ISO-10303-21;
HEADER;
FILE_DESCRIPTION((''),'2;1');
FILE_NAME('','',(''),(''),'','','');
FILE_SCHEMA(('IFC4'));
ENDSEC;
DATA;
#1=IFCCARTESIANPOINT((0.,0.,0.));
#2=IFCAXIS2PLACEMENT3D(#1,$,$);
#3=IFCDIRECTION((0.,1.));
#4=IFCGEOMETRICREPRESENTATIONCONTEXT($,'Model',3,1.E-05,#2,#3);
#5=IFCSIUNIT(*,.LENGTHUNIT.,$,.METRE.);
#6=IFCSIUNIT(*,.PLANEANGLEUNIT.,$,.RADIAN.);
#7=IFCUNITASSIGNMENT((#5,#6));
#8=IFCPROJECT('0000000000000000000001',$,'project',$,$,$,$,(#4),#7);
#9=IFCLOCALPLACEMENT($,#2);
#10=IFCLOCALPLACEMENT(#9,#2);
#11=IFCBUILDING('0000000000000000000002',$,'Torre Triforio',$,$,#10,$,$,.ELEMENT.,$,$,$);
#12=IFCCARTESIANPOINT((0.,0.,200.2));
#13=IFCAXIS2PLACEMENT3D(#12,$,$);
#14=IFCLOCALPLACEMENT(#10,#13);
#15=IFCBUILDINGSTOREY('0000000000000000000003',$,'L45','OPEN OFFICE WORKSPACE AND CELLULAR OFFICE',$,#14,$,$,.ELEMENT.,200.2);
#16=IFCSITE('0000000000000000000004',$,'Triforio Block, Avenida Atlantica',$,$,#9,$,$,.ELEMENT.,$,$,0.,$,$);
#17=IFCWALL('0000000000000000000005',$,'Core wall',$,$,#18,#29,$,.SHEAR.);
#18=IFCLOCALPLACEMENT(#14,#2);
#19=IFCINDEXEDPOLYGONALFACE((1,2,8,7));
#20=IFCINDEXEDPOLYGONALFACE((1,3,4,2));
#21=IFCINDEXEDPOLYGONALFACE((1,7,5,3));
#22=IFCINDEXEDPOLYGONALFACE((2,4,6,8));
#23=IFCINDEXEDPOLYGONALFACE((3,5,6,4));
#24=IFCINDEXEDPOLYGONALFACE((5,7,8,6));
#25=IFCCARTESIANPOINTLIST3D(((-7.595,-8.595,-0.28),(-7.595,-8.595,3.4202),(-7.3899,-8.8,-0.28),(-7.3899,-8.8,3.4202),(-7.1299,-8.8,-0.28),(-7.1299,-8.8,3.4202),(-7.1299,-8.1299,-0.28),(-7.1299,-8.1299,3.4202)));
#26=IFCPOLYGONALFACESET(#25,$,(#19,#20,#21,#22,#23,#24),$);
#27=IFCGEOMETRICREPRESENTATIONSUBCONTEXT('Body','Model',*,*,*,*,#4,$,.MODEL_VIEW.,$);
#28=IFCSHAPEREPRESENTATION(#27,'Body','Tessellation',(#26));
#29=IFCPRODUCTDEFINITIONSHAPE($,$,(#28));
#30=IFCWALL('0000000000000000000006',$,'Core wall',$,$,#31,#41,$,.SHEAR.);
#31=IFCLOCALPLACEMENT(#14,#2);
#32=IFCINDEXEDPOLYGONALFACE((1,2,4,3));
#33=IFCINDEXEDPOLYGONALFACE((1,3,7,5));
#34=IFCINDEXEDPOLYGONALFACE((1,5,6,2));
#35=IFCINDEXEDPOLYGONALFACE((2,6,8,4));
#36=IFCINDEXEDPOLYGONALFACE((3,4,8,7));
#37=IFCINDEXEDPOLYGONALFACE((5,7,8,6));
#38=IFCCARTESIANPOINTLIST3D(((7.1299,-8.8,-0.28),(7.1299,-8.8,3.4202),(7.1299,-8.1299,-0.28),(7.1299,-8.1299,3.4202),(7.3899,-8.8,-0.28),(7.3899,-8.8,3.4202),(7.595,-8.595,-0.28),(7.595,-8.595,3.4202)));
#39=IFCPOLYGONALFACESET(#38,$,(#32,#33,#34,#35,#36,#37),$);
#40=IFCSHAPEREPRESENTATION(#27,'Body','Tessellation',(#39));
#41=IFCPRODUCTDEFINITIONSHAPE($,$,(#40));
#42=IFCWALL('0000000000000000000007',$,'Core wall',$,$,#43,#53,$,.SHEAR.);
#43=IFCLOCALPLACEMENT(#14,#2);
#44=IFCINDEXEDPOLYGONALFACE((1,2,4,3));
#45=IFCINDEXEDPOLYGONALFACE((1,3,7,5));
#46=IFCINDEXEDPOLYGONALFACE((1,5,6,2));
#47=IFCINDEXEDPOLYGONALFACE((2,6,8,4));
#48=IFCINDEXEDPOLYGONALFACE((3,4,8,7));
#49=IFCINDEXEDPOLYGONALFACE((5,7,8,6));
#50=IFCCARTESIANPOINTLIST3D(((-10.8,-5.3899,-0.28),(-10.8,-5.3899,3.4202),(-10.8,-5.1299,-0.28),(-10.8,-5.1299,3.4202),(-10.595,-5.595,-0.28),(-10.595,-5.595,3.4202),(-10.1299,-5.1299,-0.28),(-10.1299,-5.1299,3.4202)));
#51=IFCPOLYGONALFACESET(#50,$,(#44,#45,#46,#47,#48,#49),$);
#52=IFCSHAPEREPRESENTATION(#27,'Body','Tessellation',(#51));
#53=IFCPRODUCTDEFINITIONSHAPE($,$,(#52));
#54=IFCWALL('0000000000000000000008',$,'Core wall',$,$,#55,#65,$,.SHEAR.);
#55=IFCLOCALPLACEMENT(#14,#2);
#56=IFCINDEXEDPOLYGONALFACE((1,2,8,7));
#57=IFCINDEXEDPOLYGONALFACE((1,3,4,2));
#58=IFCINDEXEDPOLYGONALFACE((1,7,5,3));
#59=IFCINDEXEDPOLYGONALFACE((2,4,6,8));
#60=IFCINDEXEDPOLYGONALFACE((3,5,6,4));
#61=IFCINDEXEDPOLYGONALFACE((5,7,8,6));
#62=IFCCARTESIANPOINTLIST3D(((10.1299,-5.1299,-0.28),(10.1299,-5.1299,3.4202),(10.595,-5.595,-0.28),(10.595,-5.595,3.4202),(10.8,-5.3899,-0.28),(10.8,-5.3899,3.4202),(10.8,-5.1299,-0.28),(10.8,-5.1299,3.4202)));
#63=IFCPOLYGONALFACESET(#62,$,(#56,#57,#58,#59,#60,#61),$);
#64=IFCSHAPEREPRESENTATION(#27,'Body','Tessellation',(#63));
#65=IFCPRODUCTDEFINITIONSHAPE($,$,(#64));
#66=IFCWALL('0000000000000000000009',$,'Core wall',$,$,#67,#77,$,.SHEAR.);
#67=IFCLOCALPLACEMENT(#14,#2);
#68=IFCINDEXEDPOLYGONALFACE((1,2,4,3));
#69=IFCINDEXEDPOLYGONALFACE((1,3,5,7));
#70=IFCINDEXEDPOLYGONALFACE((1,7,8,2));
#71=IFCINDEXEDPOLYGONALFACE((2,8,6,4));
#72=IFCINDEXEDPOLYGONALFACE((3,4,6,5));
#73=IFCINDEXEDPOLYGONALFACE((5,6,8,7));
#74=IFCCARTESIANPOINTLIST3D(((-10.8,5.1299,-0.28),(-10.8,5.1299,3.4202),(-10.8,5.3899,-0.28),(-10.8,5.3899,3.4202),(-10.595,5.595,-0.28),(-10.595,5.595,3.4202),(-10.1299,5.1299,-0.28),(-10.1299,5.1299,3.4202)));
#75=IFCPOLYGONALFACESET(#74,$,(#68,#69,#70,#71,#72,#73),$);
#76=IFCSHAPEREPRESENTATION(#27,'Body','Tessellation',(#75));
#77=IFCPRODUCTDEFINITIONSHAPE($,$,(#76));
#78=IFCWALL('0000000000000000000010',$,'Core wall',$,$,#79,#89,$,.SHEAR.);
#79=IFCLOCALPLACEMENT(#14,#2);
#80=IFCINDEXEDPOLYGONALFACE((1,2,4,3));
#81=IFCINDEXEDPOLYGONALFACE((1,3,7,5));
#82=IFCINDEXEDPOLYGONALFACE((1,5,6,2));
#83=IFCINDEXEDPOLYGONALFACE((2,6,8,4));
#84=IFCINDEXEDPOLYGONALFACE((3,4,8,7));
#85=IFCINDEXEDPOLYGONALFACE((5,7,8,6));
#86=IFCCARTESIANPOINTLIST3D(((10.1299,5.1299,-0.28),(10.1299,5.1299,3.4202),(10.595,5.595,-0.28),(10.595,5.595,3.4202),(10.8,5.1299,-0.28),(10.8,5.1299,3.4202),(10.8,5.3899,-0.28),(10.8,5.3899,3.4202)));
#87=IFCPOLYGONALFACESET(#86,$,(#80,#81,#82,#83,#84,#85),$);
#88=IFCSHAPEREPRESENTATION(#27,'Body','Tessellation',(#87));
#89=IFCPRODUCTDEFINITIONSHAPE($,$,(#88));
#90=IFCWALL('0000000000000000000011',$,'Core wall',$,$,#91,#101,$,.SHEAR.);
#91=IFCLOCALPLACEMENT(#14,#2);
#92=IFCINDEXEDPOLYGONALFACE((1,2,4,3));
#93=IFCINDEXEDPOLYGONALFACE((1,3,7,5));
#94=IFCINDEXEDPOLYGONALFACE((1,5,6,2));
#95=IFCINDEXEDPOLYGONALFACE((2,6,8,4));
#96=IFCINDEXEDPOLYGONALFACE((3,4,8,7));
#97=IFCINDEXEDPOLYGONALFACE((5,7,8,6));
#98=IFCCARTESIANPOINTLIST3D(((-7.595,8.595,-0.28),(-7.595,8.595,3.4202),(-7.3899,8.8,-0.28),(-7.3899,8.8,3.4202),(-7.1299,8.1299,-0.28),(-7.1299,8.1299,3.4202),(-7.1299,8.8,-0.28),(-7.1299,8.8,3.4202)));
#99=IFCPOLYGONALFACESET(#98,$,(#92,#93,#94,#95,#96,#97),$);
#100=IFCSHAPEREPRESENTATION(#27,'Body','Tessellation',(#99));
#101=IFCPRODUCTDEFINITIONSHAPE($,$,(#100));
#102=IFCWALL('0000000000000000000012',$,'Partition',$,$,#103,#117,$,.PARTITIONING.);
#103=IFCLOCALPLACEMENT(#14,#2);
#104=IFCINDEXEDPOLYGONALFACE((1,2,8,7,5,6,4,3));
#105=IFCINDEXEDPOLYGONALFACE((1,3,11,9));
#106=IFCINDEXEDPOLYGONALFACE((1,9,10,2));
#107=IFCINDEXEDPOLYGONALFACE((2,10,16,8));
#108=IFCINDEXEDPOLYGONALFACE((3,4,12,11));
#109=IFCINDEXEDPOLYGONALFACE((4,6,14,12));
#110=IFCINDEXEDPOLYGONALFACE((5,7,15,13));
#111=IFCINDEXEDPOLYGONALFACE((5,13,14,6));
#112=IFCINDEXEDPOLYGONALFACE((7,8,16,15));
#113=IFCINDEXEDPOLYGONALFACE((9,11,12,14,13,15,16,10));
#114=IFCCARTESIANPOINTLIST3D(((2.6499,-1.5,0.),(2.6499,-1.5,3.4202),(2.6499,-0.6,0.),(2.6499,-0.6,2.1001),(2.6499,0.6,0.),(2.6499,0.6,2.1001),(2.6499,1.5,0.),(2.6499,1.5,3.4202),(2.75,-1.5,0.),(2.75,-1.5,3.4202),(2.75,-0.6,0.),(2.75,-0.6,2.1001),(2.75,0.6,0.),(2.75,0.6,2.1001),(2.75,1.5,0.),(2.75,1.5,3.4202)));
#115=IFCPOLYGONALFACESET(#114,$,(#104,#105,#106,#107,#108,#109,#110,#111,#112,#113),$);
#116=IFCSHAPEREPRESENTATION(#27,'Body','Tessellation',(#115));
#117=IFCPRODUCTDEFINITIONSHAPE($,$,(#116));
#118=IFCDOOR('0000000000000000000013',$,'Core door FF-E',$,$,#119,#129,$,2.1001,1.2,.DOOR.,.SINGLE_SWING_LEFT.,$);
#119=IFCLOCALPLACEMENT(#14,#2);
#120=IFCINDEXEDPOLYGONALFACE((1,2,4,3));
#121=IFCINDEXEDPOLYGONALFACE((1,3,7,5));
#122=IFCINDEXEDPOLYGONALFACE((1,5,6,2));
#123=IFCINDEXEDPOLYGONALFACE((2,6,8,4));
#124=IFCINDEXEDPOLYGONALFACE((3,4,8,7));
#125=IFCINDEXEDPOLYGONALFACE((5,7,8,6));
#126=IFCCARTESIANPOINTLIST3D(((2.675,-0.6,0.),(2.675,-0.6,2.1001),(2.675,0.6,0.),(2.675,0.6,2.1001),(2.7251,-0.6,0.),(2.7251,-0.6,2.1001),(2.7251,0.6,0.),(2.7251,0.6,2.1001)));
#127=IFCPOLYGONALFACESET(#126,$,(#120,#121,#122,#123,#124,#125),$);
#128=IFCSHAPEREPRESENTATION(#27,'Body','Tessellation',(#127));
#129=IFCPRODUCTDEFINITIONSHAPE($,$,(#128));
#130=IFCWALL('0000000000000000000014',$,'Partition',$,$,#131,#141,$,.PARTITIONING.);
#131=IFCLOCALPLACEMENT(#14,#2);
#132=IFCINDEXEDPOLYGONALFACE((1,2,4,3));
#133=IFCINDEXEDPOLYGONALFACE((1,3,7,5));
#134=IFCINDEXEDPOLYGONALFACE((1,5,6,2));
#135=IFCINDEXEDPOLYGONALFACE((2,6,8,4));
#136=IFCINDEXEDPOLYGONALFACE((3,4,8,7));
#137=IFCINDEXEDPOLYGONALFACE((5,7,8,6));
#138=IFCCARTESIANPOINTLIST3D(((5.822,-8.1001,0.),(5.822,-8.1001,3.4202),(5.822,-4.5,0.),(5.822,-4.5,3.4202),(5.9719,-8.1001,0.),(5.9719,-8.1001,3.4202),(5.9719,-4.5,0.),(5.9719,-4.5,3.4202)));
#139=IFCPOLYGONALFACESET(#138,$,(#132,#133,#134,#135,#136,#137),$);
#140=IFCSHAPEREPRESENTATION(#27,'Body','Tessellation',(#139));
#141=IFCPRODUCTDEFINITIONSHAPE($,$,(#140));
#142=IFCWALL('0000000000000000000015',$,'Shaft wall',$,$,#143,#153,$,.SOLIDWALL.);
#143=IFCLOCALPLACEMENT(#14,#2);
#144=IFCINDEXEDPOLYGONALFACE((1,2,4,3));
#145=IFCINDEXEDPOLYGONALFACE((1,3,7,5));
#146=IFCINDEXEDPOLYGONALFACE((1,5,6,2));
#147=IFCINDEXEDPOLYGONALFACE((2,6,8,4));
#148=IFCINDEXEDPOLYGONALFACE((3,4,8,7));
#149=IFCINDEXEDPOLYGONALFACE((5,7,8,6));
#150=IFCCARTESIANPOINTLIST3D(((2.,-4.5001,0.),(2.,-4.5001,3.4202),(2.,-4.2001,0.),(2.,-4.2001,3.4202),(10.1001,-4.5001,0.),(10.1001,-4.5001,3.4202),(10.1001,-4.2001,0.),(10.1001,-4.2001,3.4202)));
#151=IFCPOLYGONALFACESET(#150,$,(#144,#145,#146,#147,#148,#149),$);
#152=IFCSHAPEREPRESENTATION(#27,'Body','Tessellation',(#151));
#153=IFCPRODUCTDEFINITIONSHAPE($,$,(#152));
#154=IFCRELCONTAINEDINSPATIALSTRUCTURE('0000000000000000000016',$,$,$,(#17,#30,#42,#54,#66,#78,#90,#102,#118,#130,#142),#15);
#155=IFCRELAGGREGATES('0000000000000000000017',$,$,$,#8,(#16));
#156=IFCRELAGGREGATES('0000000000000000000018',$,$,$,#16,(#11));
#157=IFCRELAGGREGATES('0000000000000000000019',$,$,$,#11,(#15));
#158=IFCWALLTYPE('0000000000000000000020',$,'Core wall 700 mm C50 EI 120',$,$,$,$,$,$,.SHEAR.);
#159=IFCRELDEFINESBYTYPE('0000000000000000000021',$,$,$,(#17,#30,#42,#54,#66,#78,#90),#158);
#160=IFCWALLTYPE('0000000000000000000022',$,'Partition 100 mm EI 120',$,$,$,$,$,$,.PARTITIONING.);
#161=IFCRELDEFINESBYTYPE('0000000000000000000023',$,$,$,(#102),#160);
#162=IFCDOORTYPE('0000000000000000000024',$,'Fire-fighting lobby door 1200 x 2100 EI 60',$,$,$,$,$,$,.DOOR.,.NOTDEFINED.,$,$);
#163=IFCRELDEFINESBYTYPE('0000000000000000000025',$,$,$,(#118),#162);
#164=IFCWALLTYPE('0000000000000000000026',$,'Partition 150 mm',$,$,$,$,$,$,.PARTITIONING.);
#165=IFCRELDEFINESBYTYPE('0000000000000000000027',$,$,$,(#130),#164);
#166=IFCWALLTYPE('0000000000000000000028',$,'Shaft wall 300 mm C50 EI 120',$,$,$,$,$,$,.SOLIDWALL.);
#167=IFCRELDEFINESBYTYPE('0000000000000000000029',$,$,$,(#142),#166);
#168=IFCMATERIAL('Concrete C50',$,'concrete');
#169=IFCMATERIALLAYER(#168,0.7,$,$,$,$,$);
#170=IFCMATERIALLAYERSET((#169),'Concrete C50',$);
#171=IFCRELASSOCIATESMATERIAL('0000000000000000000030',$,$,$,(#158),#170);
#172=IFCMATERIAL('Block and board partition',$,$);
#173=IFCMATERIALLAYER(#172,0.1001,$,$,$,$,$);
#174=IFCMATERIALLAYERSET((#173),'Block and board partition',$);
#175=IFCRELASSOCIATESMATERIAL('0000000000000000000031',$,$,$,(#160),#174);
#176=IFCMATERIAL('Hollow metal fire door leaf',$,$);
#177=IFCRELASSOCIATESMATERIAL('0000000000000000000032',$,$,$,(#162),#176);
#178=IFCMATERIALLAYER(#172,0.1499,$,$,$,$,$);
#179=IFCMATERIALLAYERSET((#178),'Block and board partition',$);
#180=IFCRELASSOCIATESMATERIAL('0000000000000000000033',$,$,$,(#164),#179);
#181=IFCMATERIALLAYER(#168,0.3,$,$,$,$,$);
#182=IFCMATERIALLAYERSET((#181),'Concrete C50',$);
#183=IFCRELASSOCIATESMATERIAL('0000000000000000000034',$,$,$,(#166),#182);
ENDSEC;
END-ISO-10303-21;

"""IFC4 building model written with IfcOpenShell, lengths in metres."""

from ifc_helpers import new_model, si_unit, direction, frame, frame_2d, origin, place, context, subcontext, project, spatial, polyline, rectangle, outline, extrude, material, layer, layer_set, type_object, element, fill, save


model = new_model("IFC4")

# Units and contexts
model_context = context("Model", 3, precision=1e-05, world=origin(), true_north=direction((0.0, 1.0)))
body_context = subcontext(model_context, "Body", "Model", "MODEL_VIEW")
ifc_project = project(units=[si_unit("LENGTHUNIT", "METRE"), si_unit("PLANEANGLEUNIT", "RADIAN")], contexts=[model_context])

# Site, building, storey
site_placement = place(None, origin())
site = spatial("IfcSite", under=ifc_project, at=site_placement, Name="Triforio Block, Avenida Atlantica", CompositionType="ELEMENT", RefElevation=0.0)
building_placement = place(site_placement, origin())
building = spatial("IfcBuilding", under=site, at=building_placement, Name="Torre Triforio", CompositionType="ELEMENT")
storey_placement = place(building_placement, frame((0.0, 0.0, 200.2)))
storey = spatial("IfcBuildingStorey", under=building, at=storey_placement, Name="L45", Description="OPEN OFFICE WORKSPACE AND CELLULAR OFFICE", CompositionType="ELEMENT", Elevation=200.2)

# Walls
ifc_material_1 = material(Name="Concrete C50", Category="concrete")
ifc_layer_1 = layer(ifc_material_1, 0.7)
ifc_layer_set_1 = layer_set([ifc_layer_1], Name="Concrete C50")
wall_type_1 = type_object("IfcWallType", Name="Core wall 700 mm C50 EI 120", PredefinedType="SHEAR", material=ifc_layer_set_1)
wall_1_placement = place(storey_placement, frame((0.0, 0.0, -0.28)))
element("IfcWall", 1, at=wall_1_placement, inside=storey, type_object=wall_type_1, Name="Core wall", PredefinedType="SHEAR", context=body_context, shape_type="SweptSolid", body=[
    extrude(outline(polyline([(-7.3899, -8.8), (-7.595, -8.595), (-7.595, -8.595), (-7.595, -8.595), (-7.1299, -8.1299), (-7.1299, -8.8), (-7.1299, -8.8), (-7.3899, -8.8)])), origin(), (0.0, 0.0, 1.0), 3.7002),
])
wall_2_placement = place(storey_placement, frame((0.0, 0.0, -0.28)))
element("IfcWall", 2, at=wall_2_placement, inside=storey, type_object=wall_type_1, Name="Core wall", PredefinedType="SHEAR", context=body_context, shape_type="SweptSolid", body=[
    extrude(outline(polyline([(7.3899, -8.8), (7.1299, -8.8), (7.1299, -8.8), (7.1299, -8.1299), (7.595, -8.595), (7.595, -8.595), (7.595, -8.595), (7.3899, -8.8)])), origin(), (0.0, 0.0, 1.0), 3.7002),
])
wall_3_placement = place(storey_placement, frame((0.0, 0.0, -0.28)))
element("IfcWall", 3, at=wall_3_placement, inside=storey, type_object=wall_type_1, Name="Core wall", PredefinedType="SHEAR", context=body_context, shape_type="SweptSolid", body=[
    extrude(outline(polyline([(-10.8, -5.3899), (-10.8, -5.1299), (-10.8, -5.1299), (-10.1299, -5.1299), (-10.595, -5.595), (-10.595, -5.595), (-10.595, -5.595), (-10.8, -5.3899)])), origin(), (0.0, 0.0, 1.0), 3.7002),
])
wall_4_placement = place(storey_placement, frame((0.0, 0.0, -0.28)))
element("IfcWall", 4, at=wall_4_placement, inside=storey, type_object=wall_type_1, Name="Core wall", PredefinedType="SHEAR", context=body_context, shape_type="SweptSolid", body=[
    extrude(outline(polyline([(10.8, -5.3899), (10.595, -5.595), (10.595, -5.595), (10.595, -5.595), (10.1299, -5.1299), (10.8, -5.1299), (10.8, -5.1299), (10.8, -5.3899)])), origin(), (0.0, 0.0, 1.0), 3.7002),
])
wall_5_placement = place(storey_placement, frame((0.0, 0.0, -0.28)))
element("IfcWall", 5, at=wall_5_placement, inside=storey, type_object=wall_type_1, Name="Core wall", PredefinedType="SHEAR", context=body_context, shape_type="SweptSolid", body=[
    extrude(outline(polyline([(-10.595, 5.595), (-10.595, 5.595), (-10.595, 5.595), (-10.1299, 5.1299), (-10.8, 5.1299), (-10.8, 5.1299), (-10.8, 5.3899), (-10.595, 5.595)])), origin(), (0.0, 0.0, 1.0), 3.7002),
])
wall_6_placement = place(storey_placement, frame((0.0, 0.0, -0.28)))
element("IfcWall", 6, at=wall_6_placement, inside=storey, type_object=wall_type_1, Name="Core wall", PredefinedType="SHEAR", context=body_context, shape_type="SweptSolid", body=[
    extrude(outline(polyline([(10.8, 5.3899), (10.8, 5.1299), (10.8, 5.1299), (10.1299, 5.1299), (10.595, 5.595), (10.595, 5.595), (10.595, 5.595), (10.8, 5.3899)])), origin(), (0.0, 0.0, 1.0), 3.7002),
])
wall_7_placement = place(storey_placement, frame((0.0, 0.0, -0.28)))
element("IfcWall", 7, at=wall_7_placement, inside=storey, type_object=wall_type_1, Name="Core wall", PredefinedType="SHEAR", context=body_context, shape_type="SweptSolid", body=[
    extrude(outline(polyline([(-7.3899, 8.8), (-7.1299, 8.8), (-7.1299, 8.8), (-7.1299, 8.1299), (-7.595, 8.595), (-7.595, 8.595), (-7.595, 8.595), (-7.3899, 8.8)])), origin(), (0.0, 0.0, 1.0), 3.7002),
])

# Wall, opening, door
ifc_material_2 = material(Name="Block and board partition")
ifc_layer_2 = layer(ifc_material_2, 0.1001)
ifc_layer_set_2 = layer_set([ifc_layer_2], Name="Block and board partition")
wall_type_2 = type_object("IfcWallType", Name="Partition 100 mm EI 120", PredefinedType="PARTITIONING", material=ifc_layer_set_2)
wall_8_placement = place(storey_placement, frame((2.7, -1.5, 0.0), z_axis=(0.0, 0.0, 1.0), x_axis=(0.0, 1.0, 0.0)))
wall_8 = element("IfcWall", 8, at=wall_8_placement, inside=storey, type_object=wall_type_2, Name="Partition", PredefinedType="PARTITIONING", context=body_context, shape_type="SweptSolid", body=[
    extrude(rectangle(XDim=3.0, YDim=0.1001, at=frame_2d((1.5, 0.0))), origin(), (0.0, 0.0, 1.0), 3.4202),
])
opening_1_placement = place(wall_8_placement, frame((0.8999, 0.0, 0.0)))
opening_1 = element("IfcOpeningElement", 9, at=opening_1_placement, cuts=wall_8, PredefinedType="OPENING", context=body_context, shape_type="SweptSolid", body=[
    extrude(rectangle(XDim=1.2, YDim=2.1001, at=frame_2d((0.6001, 1.05))), frame((0.0, 0.0601, 0.0), z_axis=(0.0, -1.0, 0.0), x_axis=(1.0, 0.0, 0.0)), (0.0, 0.0, 1.0), 0.1201),
])
ifc_material_3 = material(Name="Hollow metal fire door leaf")
door_type_1 = type_object("IfcDoorType", Name="Fire-fighting lobby door 1200 x 2100 EI 60", OperationType="NOTDEFINED", PredefinedType="DOOR", material=ifc_material_3)
door_1_placement = place(opening_1_placement, origin())
door_1 = element("IfcDoor", 10, at=door_1_placement, inside=storey, type_object=door_type_1, Name="Core door FF-E", OperationType="SINGLE_SWING_LEFT", OverallHeight=2.1001, OverallWidth=1.2, PredefinedType="DOOR", context=body_context, shape_type="SweptSolid", body=[
    extrude(rectangle(XDim=1.2, YDim=2.1001, at=frame_2d((0.6001, 1.05))), frame((0.0, 0.0249, 0.0), z_axis=(0.0, -1.0, 0.0), x_axis=(1.0, 0.0, 0.0)), (0.0, 0.0, 1.0), 0.05),
])
fill(opening_1, door_1)

# Walls
ifc_layer_3 = layer(ifc_material_2, 0.1499)
ifc_layer_set_3 = layer_set([ifc_layer_3], Name="Block and board partition")
wall_type_3 = type_object("IfcWallType", Name="Partition 150 mm", PredefinedType="PARTITIONING", material=ifc_layer_set_3)
wall_9_placement = place(storey_placement, frame((5.897, -8.1001, 0.0), z_axis=(0.0, 0.0, 1.0), x_axis=(0.0, 1.0, 0.0)))
element("IfcWall", 11, at=wall_9_placement, inside=storey, type_object=wall_type_3, Name="Partition", PredefinedType="PARTITIONING", context=body_context, shape_type="SweptSolid", body=[
    extrude(rectangle(XDim=3.6001, YDim=0.1499, at=frame_2d((1.8, 0.0))), origin(), (0.0, 0.0, 1.0), 3.4202),
])
ifc_layer_4 = layer(ifc_material_1, 0.3)
ifc_layer_set_4 = layer_set([ifc_layer_4], Name="Concrete C50")
wall_type_4 = type_object("IfcWallType", Name="Shaft wall 300 mm C50 EI 120", PredefinedType="SOLIDWALL", material=ifc_layer_set_4)
wall_10_placement = place(storey_placement, frame((2.0, -4.3501, 0.0), z_axis=(0.0, 0.0, 1.0), x_axis=(1.0, 0.0, 0.0)))
element("IfcWall", 12, at=wall_10_placement, inside=storey, type_object=wall_type_4, Name="Shaft wall", PredefinedType="SOLIDWALL", context=body_context, shape_type="SweptSolid", body=[
    extrude(rectangle(XDim=8.1001, YDim=0.3, at=frame_2d((4.05, 0.0))), origin(), (0.0, 0.0, 1.0), 3.4202),
])

save(model, "model.ifc")
